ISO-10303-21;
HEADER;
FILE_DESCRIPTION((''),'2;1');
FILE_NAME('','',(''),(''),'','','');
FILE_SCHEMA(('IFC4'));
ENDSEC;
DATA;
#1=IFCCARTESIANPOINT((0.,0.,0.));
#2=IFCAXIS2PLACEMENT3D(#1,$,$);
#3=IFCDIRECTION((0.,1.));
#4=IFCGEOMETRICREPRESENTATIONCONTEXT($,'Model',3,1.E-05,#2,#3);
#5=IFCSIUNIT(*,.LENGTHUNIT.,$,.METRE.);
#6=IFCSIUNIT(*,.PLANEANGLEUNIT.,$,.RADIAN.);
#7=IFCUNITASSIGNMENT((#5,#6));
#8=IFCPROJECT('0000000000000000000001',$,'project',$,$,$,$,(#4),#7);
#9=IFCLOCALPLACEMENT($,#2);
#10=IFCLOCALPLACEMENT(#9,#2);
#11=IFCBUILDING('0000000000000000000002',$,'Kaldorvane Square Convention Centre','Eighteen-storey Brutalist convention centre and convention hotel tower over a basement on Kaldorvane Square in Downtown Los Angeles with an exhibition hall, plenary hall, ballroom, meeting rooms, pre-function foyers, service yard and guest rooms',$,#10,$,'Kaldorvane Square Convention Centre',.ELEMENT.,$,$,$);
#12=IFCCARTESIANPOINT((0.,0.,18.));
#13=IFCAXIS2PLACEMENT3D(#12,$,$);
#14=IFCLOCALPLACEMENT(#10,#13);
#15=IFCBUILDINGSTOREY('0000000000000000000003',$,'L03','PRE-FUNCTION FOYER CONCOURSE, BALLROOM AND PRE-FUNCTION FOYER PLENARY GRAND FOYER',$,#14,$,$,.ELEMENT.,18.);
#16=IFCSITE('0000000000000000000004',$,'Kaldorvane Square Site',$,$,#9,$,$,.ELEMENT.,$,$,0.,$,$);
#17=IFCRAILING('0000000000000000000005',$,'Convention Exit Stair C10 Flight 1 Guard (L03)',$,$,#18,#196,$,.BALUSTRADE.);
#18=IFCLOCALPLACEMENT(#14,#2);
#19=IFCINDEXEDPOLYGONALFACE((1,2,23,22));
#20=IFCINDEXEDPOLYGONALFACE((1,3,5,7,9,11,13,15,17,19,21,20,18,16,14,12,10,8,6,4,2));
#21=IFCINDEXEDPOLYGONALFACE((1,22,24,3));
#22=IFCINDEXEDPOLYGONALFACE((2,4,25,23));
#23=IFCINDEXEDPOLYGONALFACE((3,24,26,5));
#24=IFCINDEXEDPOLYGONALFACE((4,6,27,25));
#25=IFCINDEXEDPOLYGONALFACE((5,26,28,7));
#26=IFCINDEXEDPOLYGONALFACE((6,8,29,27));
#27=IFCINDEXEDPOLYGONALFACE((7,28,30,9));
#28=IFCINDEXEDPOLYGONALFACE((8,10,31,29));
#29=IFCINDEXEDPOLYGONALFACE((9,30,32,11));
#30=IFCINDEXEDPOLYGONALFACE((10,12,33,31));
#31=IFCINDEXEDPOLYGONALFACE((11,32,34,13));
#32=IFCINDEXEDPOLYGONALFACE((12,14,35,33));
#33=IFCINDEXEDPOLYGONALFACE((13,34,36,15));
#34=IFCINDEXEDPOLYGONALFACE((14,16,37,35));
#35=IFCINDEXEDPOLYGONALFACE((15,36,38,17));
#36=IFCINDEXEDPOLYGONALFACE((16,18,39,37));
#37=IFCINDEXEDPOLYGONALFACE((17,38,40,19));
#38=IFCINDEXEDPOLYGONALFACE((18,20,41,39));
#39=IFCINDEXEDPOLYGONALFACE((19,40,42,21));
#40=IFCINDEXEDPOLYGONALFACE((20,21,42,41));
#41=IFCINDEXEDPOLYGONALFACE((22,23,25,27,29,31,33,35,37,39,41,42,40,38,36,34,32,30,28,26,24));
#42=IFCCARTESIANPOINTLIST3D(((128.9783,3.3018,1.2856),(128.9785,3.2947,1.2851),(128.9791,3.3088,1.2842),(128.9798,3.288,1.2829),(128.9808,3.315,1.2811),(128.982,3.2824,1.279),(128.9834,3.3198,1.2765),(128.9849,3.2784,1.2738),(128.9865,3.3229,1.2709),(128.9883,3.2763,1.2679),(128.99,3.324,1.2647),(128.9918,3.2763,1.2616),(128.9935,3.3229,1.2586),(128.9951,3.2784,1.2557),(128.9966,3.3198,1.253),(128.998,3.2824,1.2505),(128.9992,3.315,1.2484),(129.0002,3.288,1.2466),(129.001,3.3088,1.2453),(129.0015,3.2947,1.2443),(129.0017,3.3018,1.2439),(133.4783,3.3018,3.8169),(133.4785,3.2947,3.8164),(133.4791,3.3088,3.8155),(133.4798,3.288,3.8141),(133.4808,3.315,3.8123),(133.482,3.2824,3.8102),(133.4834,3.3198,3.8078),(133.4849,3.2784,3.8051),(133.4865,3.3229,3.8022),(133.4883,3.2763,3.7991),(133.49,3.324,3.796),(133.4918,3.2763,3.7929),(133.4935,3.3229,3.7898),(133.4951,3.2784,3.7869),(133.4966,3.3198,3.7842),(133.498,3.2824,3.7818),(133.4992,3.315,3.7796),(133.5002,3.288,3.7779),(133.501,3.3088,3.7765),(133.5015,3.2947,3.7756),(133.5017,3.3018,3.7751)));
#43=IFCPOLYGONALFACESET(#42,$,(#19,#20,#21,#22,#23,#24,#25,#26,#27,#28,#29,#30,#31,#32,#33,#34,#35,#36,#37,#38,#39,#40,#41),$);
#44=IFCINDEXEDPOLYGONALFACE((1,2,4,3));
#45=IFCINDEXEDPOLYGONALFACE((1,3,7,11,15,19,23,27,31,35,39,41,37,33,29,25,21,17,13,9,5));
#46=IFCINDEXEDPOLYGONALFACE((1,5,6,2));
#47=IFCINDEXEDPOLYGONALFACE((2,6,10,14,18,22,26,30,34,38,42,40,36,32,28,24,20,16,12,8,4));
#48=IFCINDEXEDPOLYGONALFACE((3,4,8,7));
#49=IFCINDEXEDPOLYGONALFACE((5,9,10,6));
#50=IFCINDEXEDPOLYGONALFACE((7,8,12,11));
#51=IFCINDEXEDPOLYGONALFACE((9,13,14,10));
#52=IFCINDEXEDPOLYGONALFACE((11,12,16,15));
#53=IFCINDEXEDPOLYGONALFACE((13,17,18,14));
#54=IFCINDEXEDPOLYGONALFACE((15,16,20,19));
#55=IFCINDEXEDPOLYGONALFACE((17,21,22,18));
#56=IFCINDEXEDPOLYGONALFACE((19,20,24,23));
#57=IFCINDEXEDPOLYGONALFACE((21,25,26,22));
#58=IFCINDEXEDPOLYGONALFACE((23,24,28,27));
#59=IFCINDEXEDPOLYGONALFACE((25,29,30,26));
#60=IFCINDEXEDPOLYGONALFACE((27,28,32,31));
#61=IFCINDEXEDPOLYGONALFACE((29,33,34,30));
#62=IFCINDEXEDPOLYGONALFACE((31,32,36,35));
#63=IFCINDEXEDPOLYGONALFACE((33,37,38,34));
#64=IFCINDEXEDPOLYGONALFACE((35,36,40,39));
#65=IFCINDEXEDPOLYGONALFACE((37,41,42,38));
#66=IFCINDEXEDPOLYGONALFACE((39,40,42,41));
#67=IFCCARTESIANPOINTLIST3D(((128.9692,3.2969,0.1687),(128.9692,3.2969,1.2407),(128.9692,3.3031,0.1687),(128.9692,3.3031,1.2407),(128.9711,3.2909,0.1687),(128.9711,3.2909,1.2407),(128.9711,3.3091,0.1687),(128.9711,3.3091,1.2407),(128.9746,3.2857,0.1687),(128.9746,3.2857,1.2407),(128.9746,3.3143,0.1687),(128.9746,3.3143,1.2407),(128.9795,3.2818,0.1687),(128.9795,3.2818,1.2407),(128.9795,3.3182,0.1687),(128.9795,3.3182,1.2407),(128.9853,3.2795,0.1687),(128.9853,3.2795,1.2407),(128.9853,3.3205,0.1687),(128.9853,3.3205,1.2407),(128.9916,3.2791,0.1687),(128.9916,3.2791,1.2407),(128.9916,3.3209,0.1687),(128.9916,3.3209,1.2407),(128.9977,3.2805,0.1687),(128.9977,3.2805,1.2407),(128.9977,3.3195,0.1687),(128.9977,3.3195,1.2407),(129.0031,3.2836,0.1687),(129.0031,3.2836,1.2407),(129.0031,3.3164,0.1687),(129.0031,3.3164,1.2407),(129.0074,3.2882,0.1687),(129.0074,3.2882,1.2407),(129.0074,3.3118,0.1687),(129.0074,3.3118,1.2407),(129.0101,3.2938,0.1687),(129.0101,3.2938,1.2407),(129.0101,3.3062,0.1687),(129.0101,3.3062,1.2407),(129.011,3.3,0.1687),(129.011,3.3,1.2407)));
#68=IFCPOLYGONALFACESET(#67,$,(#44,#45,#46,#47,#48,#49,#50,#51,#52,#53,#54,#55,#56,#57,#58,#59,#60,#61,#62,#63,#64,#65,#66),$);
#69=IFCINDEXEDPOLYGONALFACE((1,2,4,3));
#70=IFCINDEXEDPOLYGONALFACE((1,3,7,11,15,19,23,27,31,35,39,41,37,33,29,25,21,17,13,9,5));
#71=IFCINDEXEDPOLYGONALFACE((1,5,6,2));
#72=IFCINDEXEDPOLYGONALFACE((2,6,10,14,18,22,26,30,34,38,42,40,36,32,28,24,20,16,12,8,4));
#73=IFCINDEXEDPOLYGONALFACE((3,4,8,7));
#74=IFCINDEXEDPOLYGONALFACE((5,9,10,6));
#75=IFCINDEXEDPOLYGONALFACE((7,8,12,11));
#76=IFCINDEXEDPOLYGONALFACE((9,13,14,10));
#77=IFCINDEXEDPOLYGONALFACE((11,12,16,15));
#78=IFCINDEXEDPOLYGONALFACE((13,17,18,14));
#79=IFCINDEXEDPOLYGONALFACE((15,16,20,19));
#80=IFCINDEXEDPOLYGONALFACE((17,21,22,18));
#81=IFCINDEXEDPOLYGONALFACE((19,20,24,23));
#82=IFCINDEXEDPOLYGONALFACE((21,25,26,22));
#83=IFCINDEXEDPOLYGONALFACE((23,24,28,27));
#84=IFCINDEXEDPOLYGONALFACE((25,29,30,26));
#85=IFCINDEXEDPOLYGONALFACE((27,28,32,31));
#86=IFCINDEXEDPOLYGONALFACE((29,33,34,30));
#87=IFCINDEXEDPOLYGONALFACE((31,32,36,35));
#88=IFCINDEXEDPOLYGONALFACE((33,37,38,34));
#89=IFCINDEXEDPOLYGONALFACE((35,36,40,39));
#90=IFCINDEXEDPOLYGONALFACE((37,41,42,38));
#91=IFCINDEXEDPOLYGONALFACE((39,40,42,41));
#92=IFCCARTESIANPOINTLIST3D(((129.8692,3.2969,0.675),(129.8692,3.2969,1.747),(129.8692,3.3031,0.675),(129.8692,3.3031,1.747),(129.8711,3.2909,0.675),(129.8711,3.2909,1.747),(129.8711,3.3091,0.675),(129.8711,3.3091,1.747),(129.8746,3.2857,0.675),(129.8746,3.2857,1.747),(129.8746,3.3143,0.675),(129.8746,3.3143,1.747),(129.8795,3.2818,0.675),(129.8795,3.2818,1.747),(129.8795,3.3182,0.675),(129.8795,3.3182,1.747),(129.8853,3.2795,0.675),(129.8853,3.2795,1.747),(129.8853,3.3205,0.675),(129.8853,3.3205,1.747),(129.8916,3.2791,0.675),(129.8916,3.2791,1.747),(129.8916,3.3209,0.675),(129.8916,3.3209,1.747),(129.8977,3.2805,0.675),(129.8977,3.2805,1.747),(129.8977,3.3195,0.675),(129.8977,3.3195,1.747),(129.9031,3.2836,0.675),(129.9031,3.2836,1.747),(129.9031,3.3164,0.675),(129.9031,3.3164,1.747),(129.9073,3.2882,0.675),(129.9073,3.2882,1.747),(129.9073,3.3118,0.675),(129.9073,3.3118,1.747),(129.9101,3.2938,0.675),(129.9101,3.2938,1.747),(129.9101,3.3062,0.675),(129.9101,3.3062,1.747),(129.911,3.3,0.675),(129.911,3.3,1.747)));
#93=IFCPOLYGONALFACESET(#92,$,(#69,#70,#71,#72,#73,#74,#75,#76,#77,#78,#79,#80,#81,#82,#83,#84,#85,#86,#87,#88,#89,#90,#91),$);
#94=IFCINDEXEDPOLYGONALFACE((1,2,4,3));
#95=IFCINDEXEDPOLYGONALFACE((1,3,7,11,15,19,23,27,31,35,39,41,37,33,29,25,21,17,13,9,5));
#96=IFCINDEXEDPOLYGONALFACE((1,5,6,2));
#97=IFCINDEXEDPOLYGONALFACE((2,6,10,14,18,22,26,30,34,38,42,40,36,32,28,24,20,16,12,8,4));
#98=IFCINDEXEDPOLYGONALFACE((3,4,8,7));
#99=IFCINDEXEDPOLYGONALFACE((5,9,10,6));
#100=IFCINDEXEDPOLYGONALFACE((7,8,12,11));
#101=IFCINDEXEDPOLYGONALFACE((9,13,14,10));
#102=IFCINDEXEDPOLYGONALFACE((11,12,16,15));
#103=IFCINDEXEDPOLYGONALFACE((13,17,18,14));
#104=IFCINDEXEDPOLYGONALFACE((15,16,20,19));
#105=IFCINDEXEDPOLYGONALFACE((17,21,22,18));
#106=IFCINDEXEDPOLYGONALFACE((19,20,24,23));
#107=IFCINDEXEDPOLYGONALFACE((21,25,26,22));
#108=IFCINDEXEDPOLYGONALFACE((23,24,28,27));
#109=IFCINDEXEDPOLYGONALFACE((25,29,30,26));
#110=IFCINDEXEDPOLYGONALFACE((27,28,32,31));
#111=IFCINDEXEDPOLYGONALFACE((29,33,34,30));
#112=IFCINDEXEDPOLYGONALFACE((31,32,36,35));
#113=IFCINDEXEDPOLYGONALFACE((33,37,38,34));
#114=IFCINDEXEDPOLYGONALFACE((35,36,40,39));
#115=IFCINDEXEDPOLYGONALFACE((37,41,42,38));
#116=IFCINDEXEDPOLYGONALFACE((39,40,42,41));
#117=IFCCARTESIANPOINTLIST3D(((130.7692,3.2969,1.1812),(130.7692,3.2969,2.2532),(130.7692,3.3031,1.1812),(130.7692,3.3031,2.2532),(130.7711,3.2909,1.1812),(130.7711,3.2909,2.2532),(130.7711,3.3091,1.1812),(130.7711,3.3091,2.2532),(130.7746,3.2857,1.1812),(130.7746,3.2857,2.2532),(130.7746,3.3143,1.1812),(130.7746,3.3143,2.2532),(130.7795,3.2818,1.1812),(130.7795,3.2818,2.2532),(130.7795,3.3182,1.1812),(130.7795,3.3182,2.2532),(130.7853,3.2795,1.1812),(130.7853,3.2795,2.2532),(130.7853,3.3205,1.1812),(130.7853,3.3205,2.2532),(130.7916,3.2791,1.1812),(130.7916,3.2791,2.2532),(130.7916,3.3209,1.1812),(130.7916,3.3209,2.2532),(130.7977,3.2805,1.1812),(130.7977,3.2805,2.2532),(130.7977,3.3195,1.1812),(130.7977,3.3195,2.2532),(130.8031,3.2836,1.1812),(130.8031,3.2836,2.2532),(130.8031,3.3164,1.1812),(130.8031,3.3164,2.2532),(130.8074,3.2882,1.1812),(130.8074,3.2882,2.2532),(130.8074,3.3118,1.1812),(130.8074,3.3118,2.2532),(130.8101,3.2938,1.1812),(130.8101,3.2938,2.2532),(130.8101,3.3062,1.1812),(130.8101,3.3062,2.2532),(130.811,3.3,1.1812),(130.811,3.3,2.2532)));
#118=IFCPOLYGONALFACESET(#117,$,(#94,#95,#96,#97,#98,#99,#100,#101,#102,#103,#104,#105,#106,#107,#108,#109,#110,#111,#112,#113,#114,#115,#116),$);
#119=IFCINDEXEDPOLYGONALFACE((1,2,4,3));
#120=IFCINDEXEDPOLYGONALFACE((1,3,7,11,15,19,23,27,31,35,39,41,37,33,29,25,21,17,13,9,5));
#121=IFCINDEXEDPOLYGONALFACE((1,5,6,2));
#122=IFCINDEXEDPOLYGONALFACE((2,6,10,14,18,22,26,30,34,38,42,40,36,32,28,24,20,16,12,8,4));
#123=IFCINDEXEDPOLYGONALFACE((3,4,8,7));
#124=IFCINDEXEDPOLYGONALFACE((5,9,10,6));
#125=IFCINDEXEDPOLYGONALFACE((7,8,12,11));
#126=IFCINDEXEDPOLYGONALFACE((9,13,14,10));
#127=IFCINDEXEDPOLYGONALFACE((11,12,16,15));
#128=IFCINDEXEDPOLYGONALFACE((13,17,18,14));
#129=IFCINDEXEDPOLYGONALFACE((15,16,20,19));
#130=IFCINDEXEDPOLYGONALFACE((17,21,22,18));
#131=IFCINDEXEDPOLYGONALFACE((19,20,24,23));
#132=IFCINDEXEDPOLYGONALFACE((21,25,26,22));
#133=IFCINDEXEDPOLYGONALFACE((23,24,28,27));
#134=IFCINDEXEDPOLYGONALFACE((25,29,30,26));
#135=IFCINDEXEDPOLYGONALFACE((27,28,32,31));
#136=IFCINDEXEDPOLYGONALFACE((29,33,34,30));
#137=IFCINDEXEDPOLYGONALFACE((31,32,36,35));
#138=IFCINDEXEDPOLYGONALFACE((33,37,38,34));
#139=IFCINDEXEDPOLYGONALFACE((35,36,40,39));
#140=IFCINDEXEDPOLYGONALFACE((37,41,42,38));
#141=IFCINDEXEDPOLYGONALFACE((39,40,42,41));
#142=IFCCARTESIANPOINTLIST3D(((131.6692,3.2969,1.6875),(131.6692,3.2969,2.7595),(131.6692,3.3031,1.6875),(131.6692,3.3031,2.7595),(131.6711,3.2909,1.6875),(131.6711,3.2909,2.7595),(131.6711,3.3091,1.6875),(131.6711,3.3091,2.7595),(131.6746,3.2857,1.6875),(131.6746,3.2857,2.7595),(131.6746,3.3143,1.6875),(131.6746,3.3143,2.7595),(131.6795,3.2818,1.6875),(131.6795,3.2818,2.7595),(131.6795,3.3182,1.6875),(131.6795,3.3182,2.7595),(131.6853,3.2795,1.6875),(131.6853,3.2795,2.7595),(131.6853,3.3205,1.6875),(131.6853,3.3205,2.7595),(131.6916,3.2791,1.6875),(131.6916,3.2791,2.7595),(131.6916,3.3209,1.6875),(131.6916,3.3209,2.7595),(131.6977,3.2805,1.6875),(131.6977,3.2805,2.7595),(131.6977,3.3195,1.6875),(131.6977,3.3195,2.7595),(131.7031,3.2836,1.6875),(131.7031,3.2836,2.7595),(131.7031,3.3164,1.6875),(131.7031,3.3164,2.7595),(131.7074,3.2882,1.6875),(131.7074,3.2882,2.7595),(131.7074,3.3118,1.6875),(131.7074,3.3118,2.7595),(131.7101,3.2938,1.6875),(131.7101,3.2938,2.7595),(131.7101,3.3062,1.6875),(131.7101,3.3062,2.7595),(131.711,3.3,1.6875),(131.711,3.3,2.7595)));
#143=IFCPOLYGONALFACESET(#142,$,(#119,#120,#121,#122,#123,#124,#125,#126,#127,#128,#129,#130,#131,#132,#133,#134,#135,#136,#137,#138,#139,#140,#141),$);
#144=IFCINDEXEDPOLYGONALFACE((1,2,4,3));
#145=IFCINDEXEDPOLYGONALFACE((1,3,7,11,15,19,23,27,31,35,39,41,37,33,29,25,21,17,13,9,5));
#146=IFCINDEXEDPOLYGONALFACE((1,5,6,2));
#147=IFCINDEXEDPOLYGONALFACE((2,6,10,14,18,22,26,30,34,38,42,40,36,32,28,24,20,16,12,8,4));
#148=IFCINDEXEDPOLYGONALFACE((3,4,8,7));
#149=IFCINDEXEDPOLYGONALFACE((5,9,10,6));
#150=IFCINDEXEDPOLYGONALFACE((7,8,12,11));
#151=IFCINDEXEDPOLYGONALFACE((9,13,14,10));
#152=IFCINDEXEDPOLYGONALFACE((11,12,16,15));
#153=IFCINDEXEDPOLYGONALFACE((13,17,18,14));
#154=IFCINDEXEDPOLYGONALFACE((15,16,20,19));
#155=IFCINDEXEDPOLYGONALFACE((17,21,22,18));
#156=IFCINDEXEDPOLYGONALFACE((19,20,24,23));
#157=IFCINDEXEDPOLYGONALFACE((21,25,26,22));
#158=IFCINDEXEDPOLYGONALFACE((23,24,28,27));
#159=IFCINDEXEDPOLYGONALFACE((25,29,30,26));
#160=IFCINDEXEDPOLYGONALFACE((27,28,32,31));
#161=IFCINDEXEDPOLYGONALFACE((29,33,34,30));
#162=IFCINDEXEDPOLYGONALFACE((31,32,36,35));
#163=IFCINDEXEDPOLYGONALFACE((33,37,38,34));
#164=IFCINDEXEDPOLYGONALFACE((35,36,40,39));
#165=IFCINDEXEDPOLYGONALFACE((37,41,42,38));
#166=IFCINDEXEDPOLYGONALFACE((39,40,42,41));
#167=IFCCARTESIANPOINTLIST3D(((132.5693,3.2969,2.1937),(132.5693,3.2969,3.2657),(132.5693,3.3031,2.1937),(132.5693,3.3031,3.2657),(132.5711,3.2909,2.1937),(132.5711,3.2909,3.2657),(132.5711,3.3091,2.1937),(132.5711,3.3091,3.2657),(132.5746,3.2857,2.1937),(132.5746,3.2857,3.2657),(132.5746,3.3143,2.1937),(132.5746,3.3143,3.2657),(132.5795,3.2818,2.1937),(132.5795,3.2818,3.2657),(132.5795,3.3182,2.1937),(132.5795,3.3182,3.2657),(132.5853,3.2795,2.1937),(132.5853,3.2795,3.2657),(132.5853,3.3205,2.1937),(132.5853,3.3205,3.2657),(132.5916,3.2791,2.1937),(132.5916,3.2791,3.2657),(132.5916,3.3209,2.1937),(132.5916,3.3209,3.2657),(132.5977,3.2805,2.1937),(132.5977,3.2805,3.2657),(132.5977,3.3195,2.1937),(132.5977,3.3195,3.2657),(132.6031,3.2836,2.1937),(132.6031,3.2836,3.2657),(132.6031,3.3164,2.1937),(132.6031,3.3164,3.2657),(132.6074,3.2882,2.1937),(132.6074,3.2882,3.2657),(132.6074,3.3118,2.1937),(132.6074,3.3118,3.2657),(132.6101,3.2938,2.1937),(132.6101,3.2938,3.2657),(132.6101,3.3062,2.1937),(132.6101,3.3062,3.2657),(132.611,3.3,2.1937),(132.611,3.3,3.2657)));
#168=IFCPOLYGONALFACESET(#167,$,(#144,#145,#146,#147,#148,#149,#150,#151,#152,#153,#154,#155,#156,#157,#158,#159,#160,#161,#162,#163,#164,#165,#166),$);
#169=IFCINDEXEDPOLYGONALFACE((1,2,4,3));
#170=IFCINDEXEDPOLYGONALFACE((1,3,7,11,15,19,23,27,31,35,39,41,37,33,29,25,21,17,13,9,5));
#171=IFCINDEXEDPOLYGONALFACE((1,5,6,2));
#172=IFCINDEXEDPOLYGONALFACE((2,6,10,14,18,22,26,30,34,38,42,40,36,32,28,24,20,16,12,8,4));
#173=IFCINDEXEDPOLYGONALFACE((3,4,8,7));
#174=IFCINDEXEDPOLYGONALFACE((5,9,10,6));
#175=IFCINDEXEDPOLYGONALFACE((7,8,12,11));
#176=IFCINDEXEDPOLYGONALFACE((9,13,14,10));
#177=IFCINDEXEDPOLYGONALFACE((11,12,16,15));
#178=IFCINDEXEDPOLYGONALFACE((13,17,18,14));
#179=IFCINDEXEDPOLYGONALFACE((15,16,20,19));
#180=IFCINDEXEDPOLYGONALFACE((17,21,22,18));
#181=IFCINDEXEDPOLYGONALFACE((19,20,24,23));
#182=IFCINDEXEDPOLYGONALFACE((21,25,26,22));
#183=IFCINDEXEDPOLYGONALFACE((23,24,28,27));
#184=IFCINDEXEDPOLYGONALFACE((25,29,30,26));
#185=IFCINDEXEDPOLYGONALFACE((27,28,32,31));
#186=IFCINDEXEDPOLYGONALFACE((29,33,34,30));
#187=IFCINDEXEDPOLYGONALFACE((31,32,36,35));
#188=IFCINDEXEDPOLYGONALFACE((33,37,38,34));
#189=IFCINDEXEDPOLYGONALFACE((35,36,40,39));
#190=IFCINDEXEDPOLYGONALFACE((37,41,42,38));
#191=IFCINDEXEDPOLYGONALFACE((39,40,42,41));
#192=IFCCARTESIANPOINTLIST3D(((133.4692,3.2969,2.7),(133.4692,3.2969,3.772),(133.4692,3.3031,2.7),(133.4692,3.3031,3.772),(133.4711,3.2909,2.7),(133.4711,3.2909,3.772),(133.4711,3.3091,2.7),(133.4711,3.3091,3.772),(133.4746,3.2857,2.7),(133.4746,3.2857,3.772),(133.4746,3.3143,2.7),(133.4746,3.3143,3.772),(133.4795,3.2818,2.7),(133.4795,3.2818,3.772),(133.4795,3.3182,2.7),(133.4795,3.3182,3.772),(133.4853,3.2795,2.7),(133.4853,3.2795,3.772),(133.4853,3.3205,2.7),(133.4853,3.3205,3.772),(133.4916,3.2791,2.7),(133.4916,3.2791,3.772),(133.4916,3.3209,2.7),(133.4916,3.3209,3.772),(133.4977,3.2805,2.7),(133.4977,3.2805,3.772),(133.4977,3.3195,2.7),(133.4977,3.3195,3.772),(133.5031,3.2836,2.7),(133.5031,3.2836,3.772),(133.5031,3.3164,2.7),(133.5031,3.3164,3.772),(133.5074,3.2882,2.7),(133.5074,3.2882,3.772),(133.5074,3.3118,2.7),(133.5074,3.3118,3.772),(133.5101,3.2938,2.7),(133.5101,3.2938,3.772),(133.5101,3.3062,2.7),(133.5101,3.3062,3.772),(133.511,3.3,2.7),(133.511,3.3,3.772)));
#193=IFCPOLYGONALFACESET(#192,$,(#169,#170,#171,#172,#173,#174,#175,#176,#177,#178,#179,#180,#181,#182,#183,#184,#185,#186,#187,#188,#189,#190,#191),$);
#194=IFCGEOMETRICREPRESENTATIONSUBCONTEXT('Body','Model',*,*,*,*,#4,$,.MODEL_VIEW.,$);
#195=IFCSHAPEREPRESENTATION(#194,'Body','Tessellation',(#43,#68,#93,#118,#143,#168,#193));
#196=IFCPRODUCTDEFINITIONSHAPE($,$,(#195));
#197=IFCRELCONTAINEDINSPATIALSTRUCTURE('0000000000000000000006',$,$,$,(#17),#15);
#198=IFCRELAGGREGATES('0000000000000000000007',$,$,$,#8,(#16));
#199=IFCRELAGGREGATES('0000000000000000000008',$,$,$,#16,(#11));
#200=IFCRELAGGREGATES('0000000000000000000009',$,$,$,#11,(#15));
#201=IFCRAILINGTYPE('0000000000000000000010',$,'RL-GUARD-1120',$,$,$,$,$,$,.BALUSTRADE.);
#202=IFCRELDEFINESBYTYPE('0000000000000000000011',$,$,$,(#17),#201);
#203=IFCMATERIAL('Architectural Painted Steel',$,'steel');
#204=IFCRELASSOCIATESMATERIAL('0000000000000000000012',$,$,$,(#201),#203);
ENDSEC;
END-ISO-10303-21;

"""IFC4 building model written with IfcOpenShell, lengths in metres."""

from ifc_helpers import new_model, si_unit, direction, frame, origin, origin_2d, place, context, subcontext, project, spatial, circle, extrude, material, type_object, element, save


model = new_model("IFC4")

# Units and contexts
model_context = context("Model", 3, precision=1e-05, world=origin(), true_north=direction((0.0, 1.0)))
body_context = subcontext(model_context, "Body", "Model", "MODEL_VIEW")
ifc_project = project(units=[si_unit("LENGTHUNIT", "METRE"), si_unit("PLANEANGLEUNIT", "RADIAN")], contexts=[model_context])

# Site, building, storey
site_placement = place(None, origin())
site = spatial("IfcSite", under=ifc_project, at=site_placement, Name="Kaldorvane Square Site", CompositionType="ELEMENT", RefElevation=0.0)
building_placement = place(site_placement, origin())
building = spatial("IfcBuilding", under=site, at=building_placement, Name="Kaldorvane Square Convention Centre", Description="Eighteen-storey Brutalist convention centre and convention hotel tower over a basement on Kaldorvane Square in Downtown Los Angeles with an exhibition hall, plenary hall, ballroom, meeting rooms, pre-function foyers, service yard and guest rooms", LongName="Kaldorvane Square Convention Centre", CompositionType="ELEMENT")
storey_placement = place(building_placement, frame((0.0, 0.0, 18.0)))
storey = spatial("IfcBuildingStorey", under=building, at=storey_placement, Name="L03", Description="PRE-FUNCTION FOYER CONCOURSE, BALLROOM AND PRE-FUNCTION FOYER PLENARY GRAND FOYER", CompositionType="ELEMENT", Elevation=18.0)

# Railing
ifc_material_1 = material(Name="Architectural Painted Steel", Category="steel")
railing_type_1 = type_object("IfcRailingType", Name="RL-GUARD-1120", PredefinedType="BALUSTRADE", material=ifc_material_1)
railing_1_placement = place(storey_placement, frame((128.99, 3.3, 0.1687)))
element("IfcRailing", 1, at=railing_1_placement, inside=storey, type_object=railing_type_1, Name="Convention Exit Stair C10 Flight 1 Guard (L03)", PredefinedType="BALUSTRADE", context=body_context, shape_type="SweptSolid", body=[
    extrude(circle(Radius=0.024, at=origin_2d()), frame((0.0, 0.0, 1.096), z_axis=(0.871576, 0.0, 0.490261), x_axis=(0.0, 1.0, 0.0)), (0.0, 0.0, 1.0), 5.1631),
    extrude(circle(Radius=0.021, at=origin_2d()), origin(), (0.0, 0.0, 1.0), 1.072),
    extrude(circle(Radius=0.021, at=origin_2d()), frame((0.9, 0.0, 0.5063)), (0.0, 0.0, 1.0), 1.072),
    extrude(circle(Radius=0.021, at=origin_2d()), frame((1.8, 0.0, 1.0125)), (0.0, 0.0, 1.0), 1.072),
    extrude(circle(Radius=0.021, at=origin_2d()), frame((2.7, 0.0, 1.5188)), (0.0, 0.0, 1.0), 1.072),
    extrude(circle(Radius=0.021, at=origin_2d()), frame((3.6, 0.0, 2.025)), (0.0, 0.0, 1.0), 1.072),
    extrude(circle(Radius=0.021, at=origin_2d()), frame((4.5, 0.0, 2.5312)), (0.0, 0.0, 1.0), 1.072),
])

save(model, "model.ifc")
